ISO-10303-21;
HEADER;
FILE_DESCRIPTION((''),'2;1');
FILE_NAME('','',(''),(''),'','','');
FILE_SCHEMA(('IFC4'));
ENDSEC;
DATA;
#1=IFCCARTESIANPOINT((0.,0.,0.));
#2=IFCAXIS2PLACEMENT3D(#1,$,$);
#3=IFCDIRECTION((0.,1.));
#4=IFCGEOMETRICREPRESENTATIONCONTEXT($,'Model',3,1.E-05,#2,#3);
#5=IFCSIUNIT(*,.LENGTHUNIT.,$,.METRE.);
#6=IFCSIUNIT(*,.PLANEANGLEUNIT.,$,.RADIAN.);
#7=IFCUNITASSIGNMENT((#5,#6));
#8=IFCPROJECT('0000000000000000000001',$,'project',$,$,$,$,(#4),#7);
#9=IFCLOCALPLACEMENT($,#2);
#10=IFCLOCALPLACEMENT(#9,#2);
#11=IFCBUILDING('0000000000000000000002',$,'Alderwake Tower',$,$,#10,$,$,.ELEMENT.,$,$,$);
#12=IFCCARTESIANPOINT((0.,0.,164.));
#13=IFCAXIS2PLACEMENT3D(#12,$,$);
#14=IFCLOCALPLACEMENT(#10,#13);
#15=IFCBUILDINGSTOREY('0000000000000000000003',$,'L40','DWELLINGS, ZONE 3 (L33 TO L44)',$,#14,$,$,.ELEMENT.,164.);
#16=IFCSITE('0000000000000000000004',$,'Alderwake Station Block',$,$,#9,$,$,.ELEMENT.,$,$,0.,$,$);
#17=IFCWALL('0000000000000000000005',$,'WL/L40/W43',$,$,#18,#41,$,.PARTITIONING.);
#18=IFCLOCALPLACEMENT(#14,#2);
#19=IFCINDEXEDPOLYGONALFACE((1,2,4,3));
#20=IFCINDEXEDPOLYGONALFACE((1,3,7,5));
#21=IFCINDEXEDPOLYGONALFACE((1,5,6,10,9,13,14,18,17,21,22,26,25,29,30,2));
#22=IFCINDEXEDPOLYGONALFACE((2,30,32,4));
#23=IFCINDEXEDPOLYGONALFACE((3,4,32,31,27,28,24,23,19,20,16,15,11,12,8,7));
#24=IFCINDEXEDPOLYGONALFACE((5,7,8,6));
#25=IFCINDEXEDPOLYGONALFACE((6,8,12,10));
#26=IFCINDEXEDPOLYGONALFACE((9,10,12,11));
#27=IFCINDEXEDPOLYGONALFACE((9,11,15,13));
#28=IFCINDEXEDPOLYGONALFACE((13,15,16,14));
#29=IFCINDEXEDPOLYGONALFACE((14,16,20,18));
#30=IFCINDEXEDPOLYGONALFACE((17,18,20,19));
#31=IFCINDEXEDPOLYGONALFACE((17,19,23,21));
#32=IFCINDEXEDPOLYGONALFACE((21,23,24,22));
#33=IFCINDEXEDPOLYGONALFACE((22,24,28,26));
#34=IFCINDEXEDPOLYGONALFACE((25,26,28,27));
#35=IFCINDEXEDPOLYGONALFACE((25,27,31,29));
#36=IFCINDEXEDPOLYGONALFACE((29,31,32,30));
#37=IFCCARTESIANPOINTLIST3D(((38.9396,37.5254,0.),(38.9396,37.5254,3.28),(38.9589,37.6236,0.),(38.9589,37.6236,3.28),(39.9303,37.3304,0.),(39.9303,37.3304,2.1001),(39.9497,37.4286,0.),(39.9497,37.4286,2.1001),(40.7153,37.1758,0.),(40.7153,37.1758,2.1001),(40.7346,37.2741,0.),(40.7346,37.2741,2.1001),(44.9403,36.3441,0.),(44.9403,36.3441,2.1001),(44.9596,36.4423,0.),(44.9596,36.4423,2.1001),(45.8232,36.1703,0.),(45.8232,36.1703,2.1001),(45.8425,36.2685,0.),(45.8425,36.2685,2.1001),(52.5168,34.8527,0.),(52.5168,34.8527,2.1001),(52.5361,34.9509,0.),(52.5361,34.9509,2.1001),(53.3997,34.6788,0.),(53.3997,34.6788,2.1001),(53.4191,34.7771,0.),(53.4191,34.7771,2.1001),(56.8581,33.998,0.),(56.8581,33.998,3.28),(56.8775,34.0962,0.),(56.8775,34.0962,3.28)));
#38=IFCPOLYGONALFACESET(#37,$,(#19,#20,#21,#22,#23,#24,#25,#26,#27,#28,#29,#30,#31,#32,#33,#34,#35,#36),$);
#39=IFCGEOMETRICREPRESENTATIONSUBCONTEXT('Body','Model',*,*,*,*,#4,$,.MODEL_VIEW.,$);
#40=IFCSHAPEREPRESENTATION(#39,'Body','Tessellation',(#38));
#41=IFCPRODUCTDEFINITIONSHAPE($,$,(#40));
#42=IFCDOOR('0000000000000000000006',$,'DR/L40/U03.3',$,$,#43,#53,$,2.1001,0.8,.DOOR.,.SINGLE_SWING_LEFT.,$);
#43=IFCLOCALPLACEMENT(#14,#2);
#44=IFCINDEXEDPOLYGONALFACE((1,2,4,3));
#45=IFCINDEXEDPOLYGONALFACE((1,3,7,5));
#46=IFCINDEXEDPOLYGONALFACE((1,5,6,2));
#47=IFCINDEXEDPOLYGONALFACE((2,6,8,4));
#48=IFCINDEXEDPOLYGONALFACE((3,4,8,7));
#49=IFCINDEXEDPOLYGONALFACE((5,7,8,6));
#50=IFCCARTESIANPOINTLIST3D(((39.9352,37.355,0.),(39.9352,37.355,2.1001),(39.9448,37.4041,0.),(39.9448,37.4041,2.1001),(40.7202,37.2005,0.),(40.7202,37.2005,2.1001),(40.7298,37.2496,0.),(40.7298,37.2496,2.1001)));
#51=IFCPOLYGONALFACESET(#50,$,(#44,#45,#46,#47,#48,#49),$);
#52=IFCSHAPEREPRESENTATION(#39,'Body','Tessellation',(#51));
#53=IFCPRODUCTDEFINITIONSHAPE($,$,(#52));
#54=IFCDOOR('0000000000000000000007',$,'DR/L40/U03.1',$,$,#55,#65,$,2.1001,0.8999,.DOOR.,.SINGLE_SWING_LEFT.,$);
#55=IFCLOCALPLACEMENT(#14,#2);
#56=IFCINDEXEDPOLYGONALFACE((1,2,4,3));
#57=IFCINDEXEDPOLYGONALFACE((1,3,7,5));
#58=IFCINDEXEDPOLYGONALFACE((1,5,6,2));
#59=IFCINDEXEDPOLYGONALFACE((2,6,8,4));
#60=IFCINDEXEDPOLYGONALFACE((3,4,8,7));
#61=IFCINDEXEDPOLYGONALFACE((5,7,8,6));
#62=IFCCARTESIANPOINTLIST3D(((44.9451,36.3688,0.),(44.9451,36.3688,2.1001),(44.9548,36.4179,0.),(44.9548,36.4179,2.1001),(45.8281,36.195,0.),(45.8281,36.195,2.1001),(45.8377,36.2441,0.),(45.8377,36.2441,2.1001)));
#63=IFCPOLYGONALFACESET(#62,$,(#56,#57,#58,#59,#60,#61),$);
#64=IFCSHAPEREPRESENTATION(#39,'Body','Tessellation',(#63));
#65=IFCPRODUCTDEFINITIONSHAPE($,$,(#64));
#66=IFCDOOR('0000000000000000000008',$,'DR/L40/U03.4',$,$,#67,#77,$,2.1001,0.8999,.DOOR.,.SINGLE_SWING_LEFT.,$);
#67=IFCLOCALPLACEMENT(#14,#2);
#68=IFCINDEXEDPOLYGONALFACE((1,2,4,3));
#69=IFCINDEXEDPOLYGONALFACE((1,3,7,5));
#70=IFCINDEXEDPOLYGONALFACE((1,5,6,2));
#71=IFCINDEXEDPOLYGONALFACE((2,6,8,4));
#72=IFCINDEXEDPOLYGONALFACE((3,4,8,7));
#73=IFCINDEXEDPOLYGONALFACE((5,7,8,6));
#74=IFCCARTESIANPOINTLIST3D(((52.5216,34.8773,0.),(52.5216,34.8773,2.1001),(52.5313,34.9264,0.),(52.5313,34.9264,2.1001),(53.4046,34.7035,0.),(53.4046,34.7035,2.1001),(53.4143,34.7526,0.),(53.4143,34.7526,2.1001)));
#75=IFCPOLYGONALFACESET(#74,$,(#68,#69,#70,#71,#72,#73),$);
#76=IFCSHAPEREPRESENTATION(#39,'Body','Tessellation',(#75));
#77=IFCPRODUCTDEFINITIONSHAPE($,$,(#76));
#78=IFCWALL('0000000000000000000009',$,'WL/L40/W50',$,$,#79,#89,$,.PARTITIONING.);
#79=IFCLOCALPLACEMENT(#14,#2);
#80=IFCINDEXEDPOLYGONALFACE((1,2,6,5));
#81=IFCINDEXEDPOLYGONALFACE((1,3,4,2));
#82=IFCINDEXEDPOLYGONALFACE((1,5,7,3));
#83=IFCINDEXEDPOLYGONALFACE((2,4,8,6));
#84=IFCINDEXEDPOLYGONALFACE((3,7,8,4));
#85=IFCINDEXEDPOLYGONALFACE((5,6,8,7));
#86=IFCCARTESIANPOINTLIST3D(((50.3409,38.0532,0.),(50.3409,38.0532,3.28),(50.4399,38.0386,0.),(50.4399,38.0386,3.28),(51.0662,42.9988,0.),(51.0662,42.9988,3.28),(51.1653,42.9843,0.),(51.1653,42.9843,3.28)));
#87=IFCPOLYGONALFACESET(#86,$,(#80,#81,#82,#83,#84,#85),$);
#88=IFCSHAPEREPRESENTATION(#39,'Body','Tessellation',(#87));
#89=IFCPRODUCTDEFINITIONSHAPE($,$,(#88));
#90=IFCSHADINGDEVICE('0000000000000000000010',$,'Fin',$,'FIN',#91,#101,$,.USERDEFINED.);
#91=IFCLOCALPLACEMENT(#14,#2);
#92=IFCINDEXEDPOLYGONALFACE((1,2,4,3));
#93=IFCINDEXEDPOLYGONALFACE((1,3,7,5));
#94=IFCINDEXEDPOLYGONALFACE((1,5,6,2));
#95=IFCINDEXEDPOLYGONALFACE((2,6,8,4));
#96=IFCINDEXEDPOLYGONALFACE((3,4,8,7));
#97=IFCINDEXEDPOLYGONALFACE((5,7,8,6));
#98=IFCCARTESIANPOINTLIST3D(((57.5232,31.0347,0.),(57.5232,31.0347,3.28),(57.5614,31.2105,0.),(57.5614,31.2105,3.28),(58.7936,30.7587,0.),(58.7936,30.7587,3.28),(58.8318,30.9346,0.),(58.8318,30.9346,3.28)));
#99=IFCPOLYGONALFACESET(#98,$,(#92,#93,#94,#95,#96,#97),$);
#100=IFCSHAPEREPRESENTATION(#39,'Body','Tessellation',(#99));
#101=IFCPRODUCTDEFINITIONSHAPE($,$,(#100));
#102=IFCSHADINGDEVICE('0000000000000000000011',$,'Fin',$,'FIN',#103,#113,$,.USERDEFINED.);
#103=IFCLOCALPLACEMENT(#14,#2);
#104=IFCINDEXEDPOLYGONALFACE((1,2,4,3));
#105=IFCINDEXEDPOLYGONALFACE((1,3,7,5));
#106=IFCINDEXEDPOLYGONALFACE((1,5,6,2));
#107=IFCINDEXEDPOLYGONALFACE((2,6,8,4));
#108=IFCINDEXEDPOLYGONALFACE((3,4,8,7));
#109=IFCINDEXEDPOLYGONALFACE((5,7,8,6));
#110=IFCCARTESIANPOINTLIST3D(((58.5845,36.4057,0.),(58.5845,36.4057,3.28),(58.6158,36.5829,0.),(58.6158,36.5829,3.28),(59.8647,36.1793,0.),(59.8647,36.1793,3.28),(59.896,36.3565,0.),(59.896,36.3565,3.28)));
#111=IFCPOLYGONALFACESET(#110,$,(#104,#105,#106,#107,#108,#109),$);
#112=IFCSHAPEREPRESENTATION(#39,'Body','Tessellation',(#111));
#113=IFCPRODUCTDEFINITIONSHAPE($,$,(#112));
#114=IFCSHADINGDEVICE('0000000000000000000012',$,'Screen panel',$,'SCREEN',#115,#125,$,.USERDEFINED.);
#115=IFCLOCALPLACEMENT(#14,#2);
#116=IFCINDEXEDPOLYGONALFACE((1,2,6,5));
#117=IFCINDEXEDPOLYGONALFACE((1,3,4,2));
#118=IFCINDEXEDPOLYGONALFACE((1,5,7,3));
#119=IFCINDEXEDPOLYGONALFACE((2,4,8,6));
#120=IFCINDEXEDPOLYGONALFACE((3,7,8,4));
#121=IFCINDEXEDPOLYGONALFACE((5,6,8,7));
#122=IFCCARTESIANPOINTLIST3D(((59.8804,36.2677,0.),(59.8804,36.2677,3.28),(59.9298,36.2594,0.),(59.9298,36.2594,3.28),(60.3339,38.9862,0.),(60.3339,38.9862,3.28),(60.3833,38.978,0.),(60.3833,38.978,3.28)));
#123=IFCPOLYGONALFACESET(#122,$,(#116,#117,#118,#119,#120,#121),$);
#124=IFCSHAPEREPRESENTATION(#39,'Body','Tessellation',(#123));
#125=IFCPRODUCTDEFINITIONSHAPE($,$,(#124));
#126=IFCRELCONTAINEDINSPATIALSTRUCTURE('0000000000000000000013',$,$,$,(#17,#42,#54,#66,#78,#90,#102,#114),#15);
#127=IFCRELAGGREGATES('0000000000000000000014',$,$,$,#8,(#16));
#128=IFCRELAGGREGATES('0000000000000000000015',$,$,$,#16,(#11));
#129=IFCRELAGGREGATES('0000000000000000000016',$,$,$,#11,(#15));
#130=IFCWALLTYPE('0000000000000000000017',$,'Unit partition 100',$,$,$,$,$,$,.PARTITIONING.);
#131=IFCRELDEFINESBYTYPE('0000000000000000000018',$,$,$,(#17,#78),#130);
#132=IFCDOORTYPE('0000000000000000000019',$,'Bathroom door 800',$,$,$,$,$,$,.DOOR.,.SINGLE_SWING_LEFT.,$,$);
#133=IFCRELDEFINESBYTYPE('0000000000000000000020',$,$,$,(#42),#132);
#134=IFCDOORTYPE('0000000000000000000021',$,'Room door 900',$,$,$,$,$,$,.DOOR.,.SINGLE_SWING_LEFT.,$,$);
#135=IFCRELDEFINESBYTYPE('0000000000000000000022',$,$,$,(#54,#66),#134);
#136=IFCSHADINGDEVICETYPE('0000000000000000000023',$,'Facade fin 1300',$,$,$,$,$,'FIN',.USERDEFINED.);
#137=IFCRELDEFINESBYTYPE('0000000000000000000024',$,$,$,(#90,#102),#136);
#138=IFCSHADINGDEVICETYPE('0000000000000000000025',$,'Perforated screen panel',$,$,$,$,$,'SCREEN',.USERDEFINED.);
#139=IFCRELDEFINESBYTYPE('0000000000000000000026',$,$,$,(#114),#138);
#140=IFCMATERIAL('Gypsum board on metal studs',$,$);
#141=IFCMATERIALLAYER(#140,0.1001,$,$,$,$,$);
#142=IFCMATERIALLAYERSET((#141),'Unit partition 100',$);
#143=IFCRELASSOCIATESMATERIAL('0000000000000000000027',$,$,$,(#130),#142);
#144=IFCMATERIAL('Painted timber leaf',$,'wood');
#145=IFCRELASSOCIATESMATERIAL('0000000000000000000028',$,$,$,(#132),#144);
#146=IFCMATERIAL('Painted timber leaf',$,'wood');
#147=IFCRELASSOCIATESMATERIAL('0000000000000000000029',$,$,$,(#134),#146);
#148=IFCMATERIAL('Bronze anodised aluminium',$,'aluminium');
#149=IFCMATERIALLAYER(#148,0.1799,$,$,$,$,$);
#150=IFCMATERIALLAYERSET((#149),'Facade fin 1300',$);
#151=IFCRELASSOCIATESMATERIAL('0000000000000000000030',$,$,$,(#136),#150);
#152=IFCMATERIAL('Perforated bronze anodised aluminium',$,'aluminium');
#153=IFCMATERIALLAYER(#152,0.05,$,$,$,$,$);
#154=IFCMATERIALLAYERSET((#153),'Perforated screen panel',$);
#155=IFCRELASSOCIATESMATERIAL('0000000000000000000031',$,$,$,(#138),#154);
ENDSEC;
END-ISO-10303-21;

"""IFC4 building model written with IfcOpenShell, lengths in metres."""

from ifc_helpers import new_model, si_unit, direction, frame, frame_2d, origin, origin_2d, place, context, subcontext, project, spatial, rectangle, extrude, material, layer, layer_set, type_object, element, fill, save


model = new_model("IFC4")

# Units and contexts
model_context = context("Model", 3, precision=1e-05, world=origin(), true_north=direction((0.0, 1.0)))
body_context = subcontext(model_context, "Body", "Model", "MODEL_VIEW")
ifc_project = project(units=[si_unit("LENGTHUNIT", "METRE"), si_unit("PLANEANGLEUNIT", "RADIAN")], contexts=[model_context])

# Site, building, storey
site_placement = place(None, origin())
site = spatial("IfcSite", under=ifc_project, at=site_placement, Name="Alderwake Station Block", CompositionType="ELEMENT", RefElevation=0.0)
building_placement = place(site_placement, origin())
building = spatial("IfcBuilding", under=site, at=building_placement, Name="Alderwake Tower", CompositionType="ELEMENT")
storey_placement = place(building_placement, frame((0.0, 0.0, 164.0)))
storey = spatial("IfcBuildingStorey", under=building, at=storey_placement, Name="L40", Description="DWELLINGS, ZONE 3 (L33 TO L44)", CompositionType="ELEMENT", Elevation=164.0)

# Wall, openings, doors
ifc_material_1 = material(Name="Gypsum board on metal studs")
ifc_layer_1 = layer(ifc_material_1, 0.1001)
ifc_layer_set_1 = layer_set([ifc_layer_1], Name="Unit partition 100")
wall_type_1 = type_object("IfcWallType", Name="Unit partition 100", PredefinedType="PARTITIONING", material=ifc_layer_set_1)
wall_1_placement = place(storey_placement, frame((56.8679, 34.0471, 0.0), z_axis=(0.0, 0.0, 1.0), x_axis=(-0.98117, 0.193148, 0.0)))
wall_1 = element("IfcWall", 1, at=wall_1_placement, inside=storey, type_object=wall_type_1, Name="WL/L40/W43", PredefinedType="PARTITIONING", context=body_context, shape_type="SweptSolid", body=[
    extrude(rectangle(XDim=18.2625, YDim=0.1001, at=frame_2d((9.1313, 0.0))), origin(), (0.0, 0.0, 1.0), 3.28),
])
opening_1_placement = place(wall_1_placement, frame((11.2468, 0.0, 0.0)))
opening_1 = element("IfcOpeningElement", 2, at=opening_1_placement, cuts=wall_1, PredefinedType="OPENING", context=body_context, shape_type="SweptSolid", body=[
    extrude(rectangle(XDim=0.8999, YDim=2.1001, at=frame_2d((0.45, 1.05))), frame((0.0, 0.0601, 0.0), z_axis=(0.0, -1.0, 0.0), x_axis=(1.0, 0.0, 0.0)), (0.0, 0.0, 1.0), 0.1201),
])
opening_2_placement = place(wall_1_placement, frame((16.4529, 0.0, 0.0)))
opening_2 = element("IfcOpeningElement", 3, at=opening_2_placement, cuts=wall_1, PredefinedType="OPENING", context=body_context, shape_type="SweptSolid", body=[
    extrude(rectangle(XDim=0.8, YDim=2.1001, at=frame_2d((0.3999, 1.05))), frame((0.0, 0.0601, 0.0), z_axis=(0.0, -1.0, 0.0), x_axis=(1.0, 0.0, 0.0)), (0.0, 0.0, 1.0), 0.1201),
])
opening_3_placement = place(wall_1_placement, frame((3.5249, 0.0, 0.0)))
opening_3 = element("IfcOpeningElement", 4, at=opening_3_placement, cuts=wall_1, PredefinedType="OPENING", context=body_context, shape_type="SweptSolid", body=[
    extrude(rectangle(XDim=0.8999, YDim=2.1001, at=frame_2d((0.45, 1.05))), frame((0.0, 0.0601, 0.0), z_axis=(0.0, -1.0, 0.0), x_axis=(1.0, 0.0, 0.0)), (0.0, 0.0, 1.0), 0.1201),
])
ifc_material_2 = material(Name="Painted timber leaf", Category="wood")
door_type_1 = type_object("IfcDoorType", Name="Bathroom door 800", OperationType="SINGLE_SWING_LEFT", PredefinedType="DOOR", material=ifc_material_2)
door_1_placement = place(opening_2_placement, origin())
door_1 = element("IfcDoor", 5, at=door_1_placement, inside=storey, type_object=door_type_1, Name="DR/L40/U03.3", OperationType="SINGLE_SWING_LEFT", OverallHeight=2.1001, OverallWidth=0.8, PredefinedType="DOOR", context=body_context, shape_type="SweptSolid", body=[
    extrude(rectangle(XDim=0.8, YDim=2.1001, at=frame_2d((0.3999, 1.05))), frame((0.0, 0.0249, 0.0), z_axis=(0.0, -1.0, 0.0), x_axis=(1.0, 0.0, 0.0)), (0.0, 0.0, 1.0), 0.05),
])
fill(opening_2, door_1)
ifc_material_3 = material(Name="Painted timber leaf", Category="wood")
door_type_2 = type_object("IfcDoorType", Name="Room door 900", OperationType="SINGLE_SWING_LEFT", PredefinedType="DOOR", material=ifc_material_3)
door_2_placement = place(opening_1_placement, origin())
door_2 = element("IfcDoor", 6, at=door_2_placement, inside=storey, type_object=door_type_2, Name="DR/L40/U03.1", OperationType="SINGLE_SWING_LEFT", OverallHeight=2.1001, OverallWidth=0.8999, PredefinedType="DOOR", context=body_context, shape_type="SweptSolid", body=[
    extrude(rectangle(XDim=0.8999, YDim=2.1001, at=frame_2d((0.45, 1.05))), frame((0.0, 0.0249, 0.0), z_axis=(0.0, -1.0, 0.0), x_axis=(1.0, 0.0, 0.0)), (0.0, 0.0, 1.0), 0.05),
])
fill(opening_1, door_2)
door_3_placement = place(opening_3_placement, origin())
door_3 = element("IfcDoor", 7, at=door_3_placement, inside=storey, type_object=door_type_2, Name="DR/L40/U03.4", OperationType="SINGLE_SWING_LEFT", OverallHeight=2.1001, OverallWidth=0.8999, PredefinedType="DOOR", context=body_context, shape_type="SweptSolid", body=[
    extrude(rectangle(XDim=0.8999, YDim=2.1001, at=frame_2d((0.45, 1.05))), frame((0.0, 0.0249, 0.0), z_axis=(0.0, -1.0, 0.0), x_axis=(1.0, 0.0, 0.0)), (0.0, 0.0, 1.0), 0.05),
])
fill(opening_3, door_3)

# Wall
wall_2_placement = place(storey_placement, frame((50.3904, 38.0459, 0.0), z_axis=(0.0, 0.0, 1.0), x_axis=(0.145113, 0.989415, 0.0)))
element("IfcWall", 8, at=wall_2_placement, inside=storey, type_object=wall_type_1, Name="WL/L40/W50", PredefinedType="PARTITIONING", context=body_context, shape_type="SweptSolid", body=[
    extrude(rectangle(XDim=4.9985, YDim=0.1001, at=frame_2d((2.4993, 0.0))), origin(), (0.0, 0.0, 1.0), 3.28),
])

# Shading devices
ifc_material_4 = material(Name="Bronze anodised aluminium", Category="aluminium")
ifc_layer_2 = layer(ifc_material_4, 0.1799)
ifc_layer_set_2 = layer_set([ifc_layer_2], Name="Facade fin 1300")
shading_device_type_1 = type_object("IfcShadingDeviceType", Name="Facade fin 1300", ElementType="FIN", PredefinedType="USERDEFINED", material=ifc_layer_set_2)
for number, where, z_axis, x_axis, name in (
    (9, (58.1775, 30.9846, 0.0), (0.0, 0.0, 1.0), (0.97721, -0.212273, 0.0), "Fin"),
    (10, (59.2402, 36.3811, 0.0), (0.0, 0.0, 1.0), (0.984726, -0.174109, 0.0), "Fin"),
):
    element("IfcShadingDevice", number, at=place(storey_placement, frame(where, z_axis=z_axis, x_axis=x_axis)), inside=storey, type_object=shading_device_type_1, Name=name, ObjectType="FIN", PredefinedType="USERDEFINED", context=body_context, shape_type="SweptSolid", body=[
        extrude(rectangle(XDim=1.3, YDim=0.1799, at=origin_2d()), origin(), (0.0, 0.0, 1.0), 3.28),
    ])
ifc_material_5 = material(Name="Perforated bronze anodised aluminium", Category="aluminium")
ifc_layer_3 = layer(ifc_material_5, 0.05)
ifc_layer_set_3 = layer_set([ifc_layer_3], Name="Perforated screen panel")
shading_device_type_2 = type_object("IfcShadingDeviceType", Name="Perforated screen panel", ElementType="SCREEN", PredefinedType="USERDEFINED", material=ifc_layer_set_3)
shading_device_placement = place(storey_placement, frame((60.1318, 37.6228, 0.0), z_axis=(0.0, 0.0, 1.0), x_axis=(0.986369, -0.164548, 0.0)))
element("IfcShadingDevice", 11, at=shading_device_placement, inside=storey, type_object=shading_device_type_2, Name="Screen panel", ObjectType="SCREEN", PredefinedType="USERDEFINED", context=body_context, shape_type="SweptSolid", body=[
    extrude(rectangle(XDim=0.05, YDim=2.7561, at=origin_2d()), origin(), (0.0, 0.0, 1.0), 3.28),
])

save(model, "model.ifc")
